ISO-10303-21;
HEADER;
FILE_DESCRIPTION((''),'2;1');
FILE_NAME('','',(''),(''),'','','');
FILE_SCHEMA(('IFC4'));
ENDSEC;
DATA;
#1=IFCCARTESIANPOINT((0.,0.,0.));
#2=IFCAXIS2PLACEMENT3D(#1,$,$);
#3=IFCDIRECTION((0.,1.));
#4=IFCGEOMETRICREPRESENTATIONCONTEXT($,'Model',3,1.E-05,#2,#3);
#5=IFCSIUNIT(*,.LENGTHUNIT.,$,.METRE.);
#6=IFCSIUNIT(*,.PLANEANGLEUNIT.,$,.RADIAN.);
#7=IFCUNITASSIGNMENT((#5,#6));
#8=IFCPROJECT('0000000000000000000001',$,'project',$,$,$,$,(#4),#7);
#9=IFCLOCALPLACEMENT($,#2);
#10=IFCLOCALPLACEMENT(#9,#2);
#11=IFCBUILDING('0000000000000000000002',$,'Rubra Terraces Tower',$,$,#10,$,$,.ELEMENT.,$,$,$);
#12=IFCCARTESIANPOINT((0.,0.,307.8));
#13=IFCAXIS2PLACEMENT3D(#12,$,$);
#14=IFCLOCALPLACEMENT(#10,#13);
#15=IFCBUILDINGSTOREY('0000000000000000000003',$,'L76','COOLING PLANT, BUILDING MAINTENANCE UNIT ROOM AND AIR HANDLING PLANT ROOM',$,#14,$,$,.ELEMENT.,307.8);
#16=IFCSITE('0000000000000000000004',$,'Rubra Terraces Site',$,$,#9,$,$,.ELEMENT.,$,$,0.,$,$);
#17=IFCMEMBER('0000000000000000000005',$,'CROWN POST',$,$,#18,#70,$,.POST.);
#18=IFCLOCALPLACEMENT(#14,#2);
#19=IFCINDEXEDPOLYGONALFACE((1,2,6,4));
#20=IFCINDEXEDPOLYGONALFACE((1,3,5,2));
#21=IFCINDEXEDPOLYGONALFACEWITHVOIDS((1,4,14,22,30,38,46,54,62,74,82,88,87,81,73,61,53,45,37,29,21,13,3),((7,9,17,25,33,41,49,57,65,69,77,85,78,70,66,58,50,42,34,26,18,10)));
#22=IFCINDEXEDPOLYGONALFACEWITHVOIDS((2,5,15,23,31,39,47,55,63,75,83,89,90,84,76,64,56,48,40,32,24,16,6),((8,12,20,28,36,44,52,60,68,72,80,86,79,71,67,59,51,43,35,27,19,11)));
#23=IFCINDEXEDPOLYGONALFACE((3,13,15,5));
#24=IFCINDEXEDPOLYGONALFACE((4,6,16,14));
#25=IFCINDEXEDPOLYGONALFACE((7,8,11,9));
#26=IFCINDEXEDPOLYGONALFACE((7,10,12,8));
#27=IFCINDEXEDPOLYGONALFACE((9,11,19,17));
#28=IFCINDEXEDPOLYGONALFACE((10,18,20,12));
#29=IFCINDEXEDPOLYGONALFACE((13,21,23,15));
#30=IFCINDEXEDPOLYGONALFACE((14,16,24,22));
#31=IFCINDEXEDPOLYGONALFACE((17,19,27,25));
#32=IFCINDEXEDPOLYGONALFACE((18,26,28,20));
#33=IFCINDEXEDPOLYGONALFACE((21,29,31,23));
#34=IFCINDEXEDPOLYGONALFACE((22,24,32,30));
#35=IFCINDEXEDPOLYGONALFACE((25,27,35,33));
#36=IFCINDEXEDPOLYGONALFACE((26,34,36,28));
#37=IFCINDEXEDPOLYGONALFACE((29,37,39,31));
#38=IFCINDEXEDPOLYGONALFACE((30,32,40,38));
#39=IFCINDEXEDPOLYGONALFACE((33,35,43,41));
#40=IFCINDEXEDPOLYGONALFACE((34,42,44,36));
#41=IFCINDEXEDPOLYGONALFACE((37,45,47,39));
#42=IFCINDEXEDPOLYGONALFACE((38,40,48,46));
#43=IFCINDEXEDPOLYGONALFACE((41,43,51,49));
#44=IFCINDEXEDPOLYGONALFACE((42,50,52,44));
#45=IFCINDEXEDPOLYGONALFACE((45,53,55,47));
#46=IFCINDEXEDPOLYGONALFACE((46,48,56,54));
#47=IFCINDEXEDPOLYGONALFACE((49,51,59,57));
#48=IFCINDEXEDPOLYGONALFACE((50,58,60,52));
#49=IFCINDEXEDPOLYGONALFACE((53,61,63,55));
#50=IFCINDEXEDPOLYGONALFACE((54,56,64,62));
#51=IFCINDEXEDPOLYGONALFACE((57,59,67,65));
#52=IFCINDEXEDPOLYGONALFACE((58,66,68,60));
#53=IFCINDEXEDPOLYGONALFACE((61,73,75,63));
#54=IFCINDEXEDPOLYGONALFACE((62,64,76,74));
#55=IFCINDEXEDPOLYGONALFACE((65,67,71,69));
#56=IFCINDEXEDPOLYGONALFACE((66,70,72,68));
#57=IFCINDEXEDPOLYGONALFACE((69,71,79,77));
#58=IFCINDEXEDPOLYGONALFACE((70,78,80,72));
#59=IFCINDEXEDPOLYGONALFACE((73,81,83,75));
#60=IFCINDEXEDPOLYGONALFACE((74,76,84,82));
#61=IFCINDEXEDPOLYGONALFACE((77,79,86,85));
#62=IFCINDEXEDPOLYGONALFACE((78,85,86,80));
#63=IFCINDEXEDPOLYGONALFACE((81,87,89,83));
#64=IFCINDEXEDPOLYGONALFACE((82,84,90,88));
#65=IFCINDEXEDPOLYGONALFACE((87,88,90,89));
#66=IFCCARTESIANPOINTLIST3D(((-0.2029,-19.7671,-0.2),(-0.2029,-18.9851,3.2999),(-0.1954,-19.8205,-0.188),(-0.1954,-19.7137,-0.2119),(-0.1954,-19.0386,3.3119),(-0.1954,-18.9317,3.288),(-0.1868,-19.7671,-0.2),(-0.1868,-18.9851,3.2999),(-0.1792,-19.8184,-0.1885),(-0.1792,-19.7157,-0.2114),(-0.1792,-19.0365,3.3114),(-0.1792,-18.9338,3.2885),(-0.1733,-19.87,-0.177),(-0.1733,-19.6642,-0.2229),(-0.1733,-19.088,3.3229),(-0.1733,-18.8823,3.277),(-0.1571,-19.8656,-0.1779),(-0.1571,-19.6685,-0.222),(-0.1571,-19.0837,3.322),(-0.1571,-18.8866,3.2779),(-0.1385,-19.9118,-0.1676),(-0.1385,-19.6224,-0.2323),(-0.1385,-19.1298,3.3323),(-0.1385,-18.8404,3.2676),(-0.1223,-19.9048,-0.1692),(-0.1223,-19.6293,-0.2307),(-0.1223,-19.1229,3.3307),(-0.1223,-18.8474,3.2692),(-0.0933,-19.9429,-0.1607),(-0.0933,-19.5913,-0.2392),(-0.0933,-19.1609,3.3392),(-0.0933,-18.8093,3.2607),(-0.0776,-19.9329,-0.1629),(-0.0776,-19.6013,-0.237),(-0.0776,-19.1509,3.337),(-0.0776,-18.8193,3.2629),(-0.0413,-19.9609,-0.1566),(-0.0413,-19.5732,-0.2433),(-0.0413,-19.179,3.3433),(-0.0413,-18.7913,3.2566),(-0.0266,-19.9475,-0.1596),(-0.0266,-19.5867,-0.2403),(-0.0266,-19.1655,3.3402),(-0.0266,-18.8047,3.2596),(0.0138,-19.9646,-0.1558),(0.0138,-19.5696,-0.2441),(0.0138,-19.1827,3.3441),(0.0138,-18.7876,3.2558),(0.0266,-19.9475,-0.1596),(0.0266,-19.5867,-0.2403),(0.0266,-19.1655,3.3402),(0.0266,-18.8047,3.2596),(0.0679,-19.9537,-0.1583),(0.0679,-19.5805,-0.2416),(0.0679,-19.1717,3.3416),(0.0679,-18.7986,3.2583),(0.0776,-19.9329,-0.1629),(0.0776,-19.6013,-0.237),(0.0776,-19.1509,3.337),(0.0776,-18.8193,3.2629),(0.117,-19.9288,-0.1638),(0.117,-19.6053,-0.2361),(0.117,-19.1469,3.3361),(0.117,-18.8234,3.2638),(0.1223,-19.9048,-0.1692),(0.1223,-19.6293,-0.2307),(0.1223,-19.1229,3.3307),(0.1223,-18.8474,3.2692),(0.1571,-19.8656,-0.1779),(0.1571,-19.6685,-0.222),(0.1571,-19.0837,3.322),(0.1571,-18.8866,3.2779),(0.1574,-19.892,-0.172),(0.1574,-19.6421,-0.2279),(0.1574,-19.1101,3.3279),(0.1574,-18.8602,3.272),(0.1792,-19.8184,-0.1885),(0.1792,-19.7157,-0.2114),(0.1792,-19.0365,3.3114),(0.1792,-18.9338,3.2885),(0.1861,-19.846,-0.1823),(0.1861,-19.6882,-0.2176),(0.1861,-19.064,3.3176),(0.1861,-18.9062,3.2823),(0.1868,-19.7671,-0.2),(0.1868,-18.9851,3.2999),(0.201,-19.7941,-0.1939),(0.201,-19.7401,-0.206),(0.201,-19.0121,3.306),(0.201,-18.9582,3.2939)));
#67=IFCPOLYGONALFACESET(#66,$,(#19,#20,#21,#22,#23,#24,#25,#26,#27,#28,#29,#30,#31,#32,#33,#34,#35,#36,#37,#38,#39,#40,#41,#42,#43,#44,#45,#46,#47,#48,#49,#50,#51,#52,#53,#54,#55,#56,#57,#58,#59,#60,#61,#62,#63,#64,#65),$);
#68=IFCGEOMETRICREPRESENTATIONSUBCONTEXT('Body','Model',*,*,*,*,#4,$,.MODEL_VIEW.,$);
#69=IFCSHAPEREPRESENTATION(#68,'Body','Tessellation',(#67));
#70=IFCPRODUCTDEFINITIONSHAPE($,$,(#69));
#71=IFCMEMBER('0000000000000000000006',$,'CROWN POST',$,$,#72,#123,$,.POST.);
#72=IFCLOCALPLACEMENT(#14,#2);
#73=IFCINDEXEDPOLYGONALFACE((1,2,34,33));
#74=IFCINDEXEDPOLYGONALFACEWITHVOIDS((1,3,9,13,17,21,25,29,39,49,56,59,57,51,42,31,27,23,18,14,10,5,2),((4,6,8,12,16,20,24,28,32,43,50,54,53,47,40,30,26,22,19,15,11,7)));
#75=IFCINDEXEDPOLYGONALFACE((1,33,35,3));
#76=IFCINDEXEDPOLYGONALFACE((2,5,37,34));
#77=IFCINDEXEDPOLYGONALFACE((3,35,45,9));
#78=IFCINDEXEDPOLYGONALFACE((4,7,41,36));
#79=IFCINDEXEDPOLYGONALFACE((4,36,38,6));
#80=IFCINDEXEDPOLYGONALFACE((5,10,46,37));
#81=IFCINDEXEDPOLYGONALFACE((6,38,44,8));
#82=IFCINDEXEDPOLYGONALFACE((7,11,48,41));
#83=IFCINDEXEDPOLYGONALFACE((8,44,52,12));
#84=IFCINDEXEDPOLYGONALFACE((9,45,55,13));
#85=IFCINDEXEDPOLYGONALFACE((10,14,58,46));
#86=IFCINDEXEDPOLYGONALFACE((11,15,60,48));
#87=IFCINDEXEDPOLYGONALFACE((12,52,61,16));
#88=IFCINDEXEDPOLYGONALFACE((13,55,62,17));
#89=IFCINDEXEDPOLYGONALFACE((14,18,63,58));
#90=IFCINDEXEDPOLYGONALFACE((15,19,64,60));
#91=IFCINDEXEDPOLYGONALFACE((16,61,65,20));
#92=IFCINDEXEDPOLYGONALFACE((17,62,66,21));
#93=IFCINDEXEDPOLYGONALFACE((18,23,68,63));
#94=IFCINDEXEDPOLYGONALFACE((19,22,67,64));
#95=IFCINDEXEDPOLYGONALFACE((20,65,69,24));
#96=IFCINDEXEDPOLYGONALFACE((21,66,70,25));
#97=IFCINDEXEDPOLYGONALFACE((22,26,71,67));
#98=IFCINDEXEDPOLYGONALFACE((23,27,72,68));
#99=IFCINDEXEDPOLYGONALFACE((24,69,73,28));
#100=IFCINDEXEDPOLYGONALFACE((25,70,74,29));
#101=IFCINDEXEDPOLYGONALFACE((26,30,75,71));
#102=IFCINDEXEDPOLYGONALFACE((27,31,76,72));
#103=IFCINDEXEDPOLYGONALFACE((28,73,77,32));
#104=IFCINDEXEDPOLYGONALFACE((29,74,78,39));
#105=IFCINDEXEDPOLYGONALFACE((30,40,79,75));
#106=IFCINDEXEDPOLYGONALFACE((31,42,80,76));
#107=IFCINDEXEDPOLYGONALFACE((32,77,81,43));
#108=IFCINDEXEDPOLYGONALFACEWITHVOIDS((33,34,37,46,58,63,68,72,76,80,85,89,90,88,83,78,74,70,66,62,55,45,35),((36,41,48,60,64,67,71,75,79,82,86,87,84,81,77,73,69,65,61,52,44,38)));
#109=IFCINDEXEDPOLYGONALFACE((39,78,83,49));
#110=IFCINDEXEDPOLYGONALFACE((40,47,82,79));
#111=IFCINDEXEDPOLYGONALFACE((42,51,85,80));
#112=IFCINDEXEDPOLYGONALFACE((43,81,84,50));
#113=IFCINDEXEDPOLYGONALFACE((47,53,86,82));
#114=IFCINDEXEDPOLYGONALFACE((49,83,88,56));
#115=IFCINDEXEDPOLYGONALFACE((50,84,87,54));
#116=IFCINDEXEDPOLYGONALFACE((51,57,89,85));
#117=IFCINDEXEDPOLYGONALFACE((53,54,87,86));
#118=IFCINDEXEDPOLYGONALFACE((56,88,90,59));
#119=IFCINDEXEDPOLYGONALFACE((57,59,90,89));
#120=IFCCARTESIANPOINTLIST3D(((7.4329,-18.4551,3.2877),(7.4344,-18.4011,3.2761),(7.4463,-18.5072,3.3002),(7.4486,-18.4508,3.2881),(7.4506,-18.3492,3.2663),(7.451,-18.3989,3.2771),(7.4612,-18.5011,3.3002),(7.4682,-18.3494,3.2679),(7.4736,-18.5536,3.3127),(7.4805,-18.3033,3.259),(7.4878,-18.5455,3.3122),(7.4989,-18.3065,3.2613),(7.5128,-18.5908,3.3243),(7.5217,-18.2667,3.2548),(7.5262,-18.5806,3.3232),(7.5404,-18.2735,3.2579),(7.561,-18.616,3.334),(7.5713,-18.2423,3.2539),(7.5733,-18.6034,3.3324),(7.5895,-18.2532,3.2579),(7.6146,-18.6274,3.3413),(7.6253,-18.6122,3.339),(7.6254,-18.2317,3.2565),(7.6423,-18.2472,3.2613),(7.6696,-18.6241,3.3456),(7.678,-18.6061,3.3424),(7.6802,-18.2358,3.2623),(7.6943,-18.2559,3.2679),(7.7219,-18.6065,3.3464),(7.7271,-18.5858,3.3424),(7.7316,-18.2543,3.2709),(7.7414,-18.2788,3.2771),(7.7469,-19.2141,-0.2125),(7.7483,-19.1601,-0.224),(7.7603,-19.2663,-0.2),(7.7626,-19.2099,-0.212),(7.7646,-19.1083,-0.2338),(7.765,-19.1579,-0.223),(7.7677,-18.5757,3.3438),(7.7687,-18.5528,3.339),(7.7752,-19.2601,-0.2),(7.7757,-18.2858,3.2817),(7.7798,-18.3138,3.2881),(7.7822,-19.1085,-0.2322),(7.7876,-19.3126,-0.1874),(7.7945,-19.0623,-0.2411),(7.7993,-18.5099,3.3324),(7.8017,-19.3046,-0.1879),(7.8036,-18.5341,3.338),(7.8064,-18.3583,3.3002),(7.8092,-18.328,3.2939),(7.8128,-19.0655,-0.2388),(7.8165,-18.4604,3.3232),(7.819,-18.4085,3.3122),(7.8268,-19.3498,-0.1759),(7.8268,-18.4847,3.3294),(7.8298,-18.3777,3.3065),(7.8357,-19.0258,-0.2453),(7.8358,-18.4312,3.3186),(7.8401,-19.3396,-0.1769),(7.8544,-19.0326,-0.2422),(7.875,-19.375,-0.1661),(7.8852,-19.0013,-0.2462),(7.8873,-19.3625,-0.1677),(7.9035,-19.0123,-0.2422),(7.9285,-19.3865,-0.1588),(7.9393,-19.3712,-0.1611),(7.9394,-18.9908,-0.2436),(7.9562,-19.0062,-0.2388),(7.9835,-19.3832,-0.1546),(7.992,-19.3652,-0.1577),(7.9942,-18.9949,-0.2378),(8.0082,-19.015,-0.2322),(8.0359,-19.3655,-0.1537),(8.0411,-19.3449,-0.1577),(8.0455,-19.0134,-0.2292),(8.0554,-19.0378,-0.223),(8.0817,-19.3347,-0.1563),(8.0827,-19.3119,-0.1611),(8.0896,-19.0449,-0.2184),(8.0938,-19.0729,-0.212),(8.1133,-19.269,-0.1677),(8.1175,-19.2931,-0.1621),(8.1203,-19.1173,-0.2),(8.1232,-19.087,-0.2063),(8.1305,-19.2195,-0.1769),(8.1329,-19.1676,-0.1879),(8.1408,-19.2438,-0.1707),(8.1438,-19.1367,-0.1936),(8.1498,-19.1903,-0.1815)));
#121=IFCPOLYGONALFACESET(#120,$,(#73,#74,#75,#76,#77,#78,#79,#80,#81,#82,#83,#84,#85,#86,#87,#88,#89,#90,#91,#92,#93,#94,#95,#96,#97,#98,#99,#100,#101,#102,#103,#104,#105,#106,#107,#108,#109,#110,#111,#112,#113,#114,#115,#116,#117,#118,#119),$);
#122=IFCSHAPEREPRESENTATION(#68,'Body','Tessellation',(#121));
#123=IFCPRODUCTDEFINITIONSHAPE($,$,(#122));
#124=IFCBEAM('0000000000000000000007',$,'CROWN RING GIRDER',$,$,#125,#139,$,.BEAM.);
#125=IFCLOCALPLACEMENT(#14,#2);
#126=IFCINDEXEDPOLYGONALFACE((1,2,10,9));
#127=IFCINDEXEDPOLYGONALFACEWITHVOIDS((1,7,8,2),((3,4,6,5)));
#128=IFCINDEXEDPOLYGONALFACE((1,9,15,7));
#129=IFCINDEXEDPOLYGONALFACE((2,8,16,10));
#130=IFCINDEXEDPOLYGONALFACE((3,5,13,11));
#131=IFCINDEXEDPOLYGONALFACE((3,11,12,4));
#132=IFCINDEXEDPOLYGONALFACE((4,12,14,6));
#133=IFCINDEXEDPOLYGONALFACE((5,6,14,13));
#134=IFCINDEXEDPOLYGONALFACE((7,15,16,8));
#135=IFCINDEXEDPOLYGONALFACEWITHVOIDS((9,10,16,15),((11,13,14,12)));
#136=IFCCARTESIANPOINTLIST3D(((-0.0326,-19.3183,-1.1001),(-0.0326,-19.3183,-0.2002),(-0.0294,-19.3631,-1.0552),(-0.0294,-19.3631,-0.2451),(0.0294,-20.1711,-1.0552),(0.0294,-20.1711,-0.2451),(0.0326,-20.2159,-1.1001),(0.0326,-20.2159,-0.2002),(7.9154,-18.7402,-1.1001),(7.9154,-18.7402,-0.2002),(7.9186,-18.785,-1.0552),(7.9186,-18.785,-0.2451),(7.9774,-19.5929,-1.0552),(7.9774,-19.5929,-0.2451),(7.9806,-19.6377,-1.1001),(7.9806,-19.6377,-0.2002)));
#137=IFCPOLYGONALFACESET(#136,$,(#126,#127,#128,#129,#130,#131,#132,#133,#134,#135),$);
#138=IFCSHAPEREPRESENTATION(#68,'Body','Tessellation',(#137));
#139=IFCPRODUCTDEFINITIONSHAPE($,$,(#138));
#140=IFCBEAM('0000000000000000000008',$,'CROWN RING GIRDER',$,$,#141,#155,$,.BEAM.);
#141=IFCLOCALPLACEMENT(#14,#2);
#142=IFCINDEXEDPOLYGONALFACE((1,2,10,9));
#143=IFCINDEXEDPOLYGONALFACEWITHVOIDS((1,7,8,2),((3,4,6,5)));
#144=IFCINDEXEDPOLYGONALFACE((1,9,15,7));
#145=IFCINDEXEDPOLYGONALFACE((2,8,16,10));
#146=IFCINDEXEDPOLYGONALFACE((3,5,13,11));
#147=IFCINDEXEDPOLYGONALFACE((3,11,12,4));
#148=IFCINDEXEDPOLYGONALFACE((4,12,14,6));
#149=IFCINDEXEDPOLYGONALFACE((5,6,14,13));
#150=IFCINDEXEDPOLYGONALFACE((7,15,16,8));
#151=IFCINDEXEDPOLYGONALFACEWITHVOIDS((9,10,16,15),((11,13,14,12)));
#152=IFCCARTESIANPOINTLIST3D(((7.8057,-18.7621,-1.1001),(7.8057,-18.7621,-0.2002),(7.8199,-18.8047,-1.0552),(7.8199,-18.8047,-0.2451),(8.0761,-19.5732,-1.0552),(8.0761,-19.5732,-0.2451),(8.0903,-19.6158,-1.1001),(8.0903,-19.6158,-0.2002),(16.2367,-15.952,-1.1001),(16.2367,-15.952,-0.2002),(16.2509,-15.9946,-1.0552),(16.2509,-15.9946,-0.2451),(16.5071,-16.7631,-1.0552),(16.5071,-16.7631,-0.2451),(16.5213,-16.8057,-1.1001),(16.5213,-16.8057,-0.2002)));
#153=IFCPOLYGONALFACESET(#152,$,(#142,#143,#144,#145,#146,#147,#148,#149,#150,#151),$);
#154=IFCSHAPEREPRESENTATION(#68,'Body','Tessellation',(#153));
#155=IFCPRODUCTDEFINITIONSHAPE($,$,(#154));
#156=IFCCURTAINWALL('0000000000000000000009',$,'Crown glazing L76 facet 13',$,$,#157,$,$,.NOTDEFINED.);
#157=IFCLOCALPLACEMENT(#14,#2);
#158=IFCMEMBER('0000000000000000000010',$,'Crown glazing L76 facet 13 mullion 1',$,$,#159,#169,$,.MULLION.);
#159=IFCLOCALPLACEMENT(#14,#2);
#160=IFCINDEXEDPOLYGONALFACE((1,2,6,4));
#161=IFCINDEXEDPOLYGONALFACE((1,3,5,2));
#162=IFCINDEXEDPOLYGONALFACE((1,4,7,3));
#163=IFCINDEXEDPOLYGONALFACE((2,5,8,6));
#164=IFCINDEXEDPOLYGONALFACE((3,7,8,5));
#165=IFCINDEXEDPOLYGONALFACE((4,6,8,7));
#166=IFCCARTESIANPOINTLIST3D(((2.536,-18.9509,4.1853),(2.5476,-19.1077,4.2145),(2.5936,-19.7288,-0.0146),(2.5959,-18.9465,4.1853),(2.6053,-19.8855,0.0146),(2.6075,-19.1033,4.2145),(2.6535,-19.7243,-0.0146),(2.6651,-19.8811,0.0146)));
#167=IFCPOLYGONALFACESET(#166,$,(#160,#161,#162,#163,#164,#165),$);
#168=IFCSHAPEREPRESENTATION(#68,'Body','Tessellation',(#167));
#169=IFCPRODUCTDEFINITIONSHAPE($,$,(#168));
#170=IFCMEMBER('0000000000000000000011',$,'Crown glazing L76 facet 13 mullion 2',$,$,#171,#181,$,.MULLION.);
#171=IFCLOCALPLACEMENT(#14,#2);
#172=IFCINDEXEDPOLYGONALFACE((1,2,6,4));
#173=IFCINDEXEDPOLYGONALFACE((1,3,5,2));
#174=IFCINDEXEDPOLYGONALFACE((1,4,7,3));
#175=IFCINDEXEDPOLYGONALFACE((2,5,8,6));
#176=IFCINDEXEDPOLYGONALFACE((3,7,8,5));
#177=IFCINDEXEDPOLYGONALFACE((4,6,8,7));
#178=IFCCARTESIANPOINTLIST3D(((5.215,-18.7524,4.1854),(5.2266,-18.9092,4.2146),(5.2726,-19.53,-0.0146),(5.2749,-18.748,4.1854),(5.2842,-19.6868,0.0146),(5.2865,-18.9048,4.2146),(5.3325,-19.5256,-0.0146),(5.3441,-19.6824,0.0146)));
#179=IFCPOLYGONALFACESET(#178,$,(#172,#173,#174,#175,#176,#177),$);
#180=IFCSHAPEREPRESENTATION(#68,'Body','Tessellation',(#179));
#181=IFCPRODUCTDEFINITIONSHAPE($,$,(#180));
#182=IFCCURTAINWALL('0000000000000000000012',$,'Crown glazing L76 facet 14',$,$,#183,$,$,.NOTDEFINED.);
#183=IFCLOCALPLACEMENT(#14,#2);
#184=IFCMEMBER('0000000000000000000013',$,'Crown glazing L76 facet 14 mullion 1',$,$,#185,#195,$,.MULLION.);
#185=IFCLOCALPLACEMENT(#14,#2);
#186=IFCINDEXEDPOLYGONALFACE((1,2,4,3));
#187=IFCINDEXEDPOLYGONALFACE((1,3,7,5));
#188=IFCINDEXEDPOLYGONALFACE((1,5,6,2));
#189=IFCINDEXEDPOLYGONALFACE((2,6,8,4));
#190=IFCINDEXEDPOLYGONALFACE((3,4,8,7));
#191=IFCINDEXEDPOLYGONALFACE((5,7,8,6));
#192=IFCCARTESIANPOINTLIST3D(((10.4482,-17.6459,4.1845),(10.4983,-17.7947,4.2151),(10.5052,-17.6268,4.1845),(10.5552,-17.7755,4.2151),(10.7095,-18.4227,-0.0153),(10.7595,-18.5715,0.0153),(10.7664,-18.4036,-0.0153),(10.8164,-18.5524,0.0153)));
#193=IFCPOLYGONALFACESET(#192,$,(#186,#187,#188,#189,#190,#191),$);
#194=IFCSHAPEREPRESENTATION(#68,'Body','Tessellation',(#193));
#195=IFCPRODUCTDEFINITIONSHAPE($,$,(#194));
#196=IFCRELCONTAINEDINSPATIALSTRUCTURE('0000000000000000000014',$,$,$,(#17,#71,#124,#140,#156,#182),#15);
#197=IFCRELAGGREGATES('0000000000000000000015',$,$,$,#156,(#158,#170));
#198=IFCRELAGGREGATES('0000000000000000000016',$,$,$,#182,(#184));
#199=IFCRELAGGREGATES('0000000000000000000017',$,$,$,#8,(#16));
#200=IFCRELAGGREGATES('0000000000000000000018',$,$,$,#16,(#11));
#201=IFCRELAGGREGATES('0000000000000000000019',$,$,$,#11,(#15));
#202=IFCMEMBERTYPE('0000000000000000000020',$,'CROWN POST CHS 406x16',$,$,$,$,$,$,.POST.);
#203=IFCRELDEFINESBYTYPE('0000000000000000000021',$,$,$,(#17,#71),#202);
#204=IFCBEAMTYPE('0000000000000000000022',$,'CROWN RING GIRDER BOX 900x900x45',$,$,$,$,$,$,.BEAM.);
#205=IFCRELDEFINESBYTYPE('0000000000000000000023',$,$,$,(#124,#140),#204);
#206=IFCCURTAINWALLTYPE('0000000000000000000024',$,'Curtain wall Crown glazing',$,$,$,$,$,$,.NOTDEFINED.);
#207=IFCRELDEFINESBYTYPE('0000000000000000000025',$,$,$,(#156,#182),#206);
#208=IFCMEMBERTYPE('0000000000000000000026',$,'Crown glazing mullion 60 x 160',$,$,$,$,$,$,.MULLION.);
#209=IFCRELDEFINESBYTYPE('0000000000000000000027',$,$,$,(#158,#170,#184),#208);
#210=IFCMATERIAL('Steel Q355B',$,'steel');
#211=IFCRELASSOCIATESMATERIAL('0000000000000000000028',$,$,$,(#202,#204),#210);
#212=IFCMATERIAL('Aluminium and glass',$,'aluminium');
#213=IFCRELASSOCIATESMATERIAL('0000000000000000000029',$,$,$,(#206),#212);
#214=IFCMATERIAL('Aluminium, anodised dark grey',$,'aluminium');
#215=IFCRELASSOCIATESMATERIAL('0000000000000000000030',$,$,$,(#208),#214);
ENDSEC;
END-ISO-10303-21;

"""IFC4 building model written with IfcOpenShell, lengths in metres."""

from ifc_helpers import new_model, si_unit, direction, frame, origin, origin_2d, place, context, subcontext, project, spatial, rectangle, hollow_rectangle, hollow_circle, extrude, material, material_profile, profile_set, type_object, element, aggregate, save


model = new_model("IFC4")

# Units and contexts
model_context = context("Model", 3, precision=1e-05, world=origin(), true_north=direction((0.0, 1.0)))
body_context = subcontext(model_context, "Body", "Model", "MODEL_VIEW")
ifc_project = project(units=[si_unit("LENGTHUNIT", "METRE"), si_unit("PLANEANGLEUNIT", "RADIAN")], contexts=[model_context])

# Site, building, storey
site_placement = place(None, origin())
site = spatial("IfcSite", under=ifc_project, at=site_placement, Name="Rubra Terraces Site", CompositionType="ELEMENT", RefElevation=0.0)
building_placement = place(site_placement, origin())
building = spatial("IfcBuilding", under=site, at=building_placement, Name="Rubra Terraces Tower", CompositionType="ELEMENT")
storey_placement = place(building_placement, frame((0.0, 0.0, 307.8)))
storey = spatial("IfcBuildingStorey", under=building, at=storey_placement, Name="L76", Description="COOLING PLANT, BUILDING MAINTENANCE UNIT ROOM AND AIR HANDLING PLANT ROOM", CompositionType="ELEMENT", Elevation=307.8)

# Members
ifc_material_1 = material(Name="Steel Q355B", Category="steel")
ifc_material_profile_1 = material_profile(ifc_material_1, hollow_circle(Radius=0.2029, WallThickness=0.0161, at=origin_2d()), Name="CHS 406x16")
ifc_profile_set_1 = profile_set([ifc_material_profile_1], Name="Steel Q355B")
member_type_1 = type_object("IfcMemberType", Name="CROWN POST CHS 406x16", PredefinedType="POST", material=ifc_profile_set_1)
member_1_placement = place(storey_placement, frame((0.0, -19.7671, -0.2), z_axis=(0.0, 0.218048, 0.975938), x_axis=(-1.0, 0.0, 0.0)))
element("IfcMember", 1, at=member_1_placement, inside=storey, type_object=member_type_1, Name="CROWN POST", PredefinedType="POST", context=body_context, shape_type="SweptSolid", body=[
    extrude(hollow_circle(Radius=0.2029, WallThickness=0.0161, at=origin_2d()), origin(), (0.0, 0.0, 1.0), 3.5862),
])
member_2_placement = place(storey_placement, frame((7.9478, -19.1887, -0.2), z_axis=(-0.087331, 0.21113, 0.973549), x_axis=(-0.924068, -0.382229, 0.0)))
element("IfcMember", 2, at=member_2_placement, inside=storey, type_object=member_type_1, Name="CROWN POST", PredefinedType="POST", context=body_context, shape_type="SweptSolid", body=[
    extrude(hollow_circle(Radius=0.2029, WallThickness=0.0161, at=origin_2d()), origin(), (0.0, 0.0, 1.0), 3.5952),
])

# Beams
ifc_material_profile_2 = material_profile(ifc_material_1, hollow_rectangle(XDim=0.8999, YDim=0.8999, WallThickness=0.0449, at=origin_2d()), Name="BOX 900x900x45")
ifc_profile_set_2 = profile_set([ifc_material_profile_2], Name="Steel Q355B")
beam_type = type_object("IfcBeamType", Name="CROWN RING GIRDER BOX 900x900x45", PredefinedType="BEAM", material=ifc_profile_set_2)
beam_1_placement = place(storey_placement, frame((0.0, -19.7671, -0.6501), z_axis=(0.997365, 0.072547, 0.0), x_axis=(-0.072547, 0.997365, 0.0)))
element("IfcBeam", 3, at=beam_1_placement, inside=storey, type_object=beam_type, Name="CROWN RING GIRDER", PredefinedType="BEAM", context=body_context, shape_type="SweptSolid", body=[
    extrude(hollow_rectangle(XDim=0.8999, YDim=0.8999, WallThickness=0.0449, at=origin_2d()), origin(), (0.0, 0.0, 1.0), 7.969),
])
beam_2_placement = place(storey_placement, frame((7.948, -19.189, -0.6501), z_axis=(0.948692, 0.316203, 0.0), x_axis=(-0.316203, 0.948692, 0.0)))
element("IfcBeam", 4, at=beam_2_placement, inside=storey, type_object=beam_type, Name="CROWN RING GIRDER", PredefinedType="BEAM", context=body_context, shape_type="SweptSolid", body=[
    extrude(hollow_rectangle(XDim=0.8999, YDim=0.8999, WallThickness=0.0449, at=origin_2d()), origin(), (0.0, 0.0, 1.0), 8.887),
])

# Curtain walls, members
ifc_material_2 = material(Name="Aluminium and glass", Category="aluminium")
curtain_wall_type = type_object("IfcCurtainWallType", Name="Curtain wall Crown glazing", PredefinedType="NOTDEFINED", material=ifc_material_2)
curtain_wall_1_placement = place(storey_placement, origin())
curtain_wall_1 = element("IfcCurtainWall", 5, at=curtain_wall_1_placement, inside=storey, type_object=curtain_wall_type, Name="Crown glazing L76 facet 13", PredefinedType="NOTDEFINED")
ifc_material_3 = material(Name="Aluminium, anodised dark grey", Category="aluminium")
ifc_material_profile_3 = material_profile(ifc_material_3, rectangle(XDim=0.0601, YDim=0.1599, at=origin_2d()), Name="AL 60x160")
ifc_profile_set_3 = profile_set([ifc_material_profile_3], Name="Aluminium, anodised dark grey")
member_type_2 = type_object("IfcMemberType", Name="Crown glazing mullion 60 x 160", PredefinedType="MULLION", material=ifc_profile_set_3)
member_3_placement = place(storey_placement, frame((2.6294, -19.8049, 0.0), z_axis=(-0.013488, 0.182087, 0.98319), x_axis=(-0.997268, -0.073872, 0.0)))
member_3 = element("IfcMember", 6, at=member_3_placement, type_object=member_type_2, Name="Crown glazing L76 facet 13 mullion 1", PredefinedType="MULLION", context=body_context, shape_type="SweptSolid", body=[
    extrude(rectangle(XDim=0.0601, YDim=0.1599, at=origin_2d()), origin(), (0.0, 0.0, 1.0), 4.2717),
])
member_4_placement = place(storey_placement, frame((5.3083, -19.6062, 0.0), z_axis=(-0.013488, 0.182032, 0.9832), x_axis=(-0.997266, -0.073895, 0.0)))
member_4 = element("IfcMember", 7, at=member_4_placement, type_object=member_type_2, Name="Crown glazing L76 facet 13 mullion 2", PredefinedType="MULLION", context=body_context, shape_type="SweptSolid", body=[
    extrude(rectangle(XDim=0.0601, YDim=0.1599, at=origin_2d()), origin(), (0.0, 0.0, 1.0), 4.2717),
])
curtain_wall_2_placement = place(storey_placement, origin())
curtain_wall_2 = element("IfcCurtainWall", 8, at=curtain_wall_2_placement, inside=storey, type_object=curtain_wall_type, Name="Crown glazing L76 facet 14", PredefinedType="NOTDEFINED")
member_5_placement = place(storey_placement, frame((10.7629, -18.4875, 0.0), z_axis=(-0.061047, 0.181543, 0.981486), x_axis=(-0.947846, -0.318729, 0.0)))
member_5 = element("IfcMember", 9, at=member_5_placement, type_object=member_type_2, Name="Crown glazing L76 facet 14 mullion 1", PredefinedType="MULLION", context=body_context, shape_type="SweptSolid", body=[
    extrude(rectangle(XDim=0.0601, YDim=0.1599, at=origin_2d()), origin(), (0.0, 0.0, 1.0), 4.2791),
])

aggregate(curtain_wall_1, [member_3, member_4])
aggregate(curtain_wall_2, [member_5])

save(model, "model.ifc")
